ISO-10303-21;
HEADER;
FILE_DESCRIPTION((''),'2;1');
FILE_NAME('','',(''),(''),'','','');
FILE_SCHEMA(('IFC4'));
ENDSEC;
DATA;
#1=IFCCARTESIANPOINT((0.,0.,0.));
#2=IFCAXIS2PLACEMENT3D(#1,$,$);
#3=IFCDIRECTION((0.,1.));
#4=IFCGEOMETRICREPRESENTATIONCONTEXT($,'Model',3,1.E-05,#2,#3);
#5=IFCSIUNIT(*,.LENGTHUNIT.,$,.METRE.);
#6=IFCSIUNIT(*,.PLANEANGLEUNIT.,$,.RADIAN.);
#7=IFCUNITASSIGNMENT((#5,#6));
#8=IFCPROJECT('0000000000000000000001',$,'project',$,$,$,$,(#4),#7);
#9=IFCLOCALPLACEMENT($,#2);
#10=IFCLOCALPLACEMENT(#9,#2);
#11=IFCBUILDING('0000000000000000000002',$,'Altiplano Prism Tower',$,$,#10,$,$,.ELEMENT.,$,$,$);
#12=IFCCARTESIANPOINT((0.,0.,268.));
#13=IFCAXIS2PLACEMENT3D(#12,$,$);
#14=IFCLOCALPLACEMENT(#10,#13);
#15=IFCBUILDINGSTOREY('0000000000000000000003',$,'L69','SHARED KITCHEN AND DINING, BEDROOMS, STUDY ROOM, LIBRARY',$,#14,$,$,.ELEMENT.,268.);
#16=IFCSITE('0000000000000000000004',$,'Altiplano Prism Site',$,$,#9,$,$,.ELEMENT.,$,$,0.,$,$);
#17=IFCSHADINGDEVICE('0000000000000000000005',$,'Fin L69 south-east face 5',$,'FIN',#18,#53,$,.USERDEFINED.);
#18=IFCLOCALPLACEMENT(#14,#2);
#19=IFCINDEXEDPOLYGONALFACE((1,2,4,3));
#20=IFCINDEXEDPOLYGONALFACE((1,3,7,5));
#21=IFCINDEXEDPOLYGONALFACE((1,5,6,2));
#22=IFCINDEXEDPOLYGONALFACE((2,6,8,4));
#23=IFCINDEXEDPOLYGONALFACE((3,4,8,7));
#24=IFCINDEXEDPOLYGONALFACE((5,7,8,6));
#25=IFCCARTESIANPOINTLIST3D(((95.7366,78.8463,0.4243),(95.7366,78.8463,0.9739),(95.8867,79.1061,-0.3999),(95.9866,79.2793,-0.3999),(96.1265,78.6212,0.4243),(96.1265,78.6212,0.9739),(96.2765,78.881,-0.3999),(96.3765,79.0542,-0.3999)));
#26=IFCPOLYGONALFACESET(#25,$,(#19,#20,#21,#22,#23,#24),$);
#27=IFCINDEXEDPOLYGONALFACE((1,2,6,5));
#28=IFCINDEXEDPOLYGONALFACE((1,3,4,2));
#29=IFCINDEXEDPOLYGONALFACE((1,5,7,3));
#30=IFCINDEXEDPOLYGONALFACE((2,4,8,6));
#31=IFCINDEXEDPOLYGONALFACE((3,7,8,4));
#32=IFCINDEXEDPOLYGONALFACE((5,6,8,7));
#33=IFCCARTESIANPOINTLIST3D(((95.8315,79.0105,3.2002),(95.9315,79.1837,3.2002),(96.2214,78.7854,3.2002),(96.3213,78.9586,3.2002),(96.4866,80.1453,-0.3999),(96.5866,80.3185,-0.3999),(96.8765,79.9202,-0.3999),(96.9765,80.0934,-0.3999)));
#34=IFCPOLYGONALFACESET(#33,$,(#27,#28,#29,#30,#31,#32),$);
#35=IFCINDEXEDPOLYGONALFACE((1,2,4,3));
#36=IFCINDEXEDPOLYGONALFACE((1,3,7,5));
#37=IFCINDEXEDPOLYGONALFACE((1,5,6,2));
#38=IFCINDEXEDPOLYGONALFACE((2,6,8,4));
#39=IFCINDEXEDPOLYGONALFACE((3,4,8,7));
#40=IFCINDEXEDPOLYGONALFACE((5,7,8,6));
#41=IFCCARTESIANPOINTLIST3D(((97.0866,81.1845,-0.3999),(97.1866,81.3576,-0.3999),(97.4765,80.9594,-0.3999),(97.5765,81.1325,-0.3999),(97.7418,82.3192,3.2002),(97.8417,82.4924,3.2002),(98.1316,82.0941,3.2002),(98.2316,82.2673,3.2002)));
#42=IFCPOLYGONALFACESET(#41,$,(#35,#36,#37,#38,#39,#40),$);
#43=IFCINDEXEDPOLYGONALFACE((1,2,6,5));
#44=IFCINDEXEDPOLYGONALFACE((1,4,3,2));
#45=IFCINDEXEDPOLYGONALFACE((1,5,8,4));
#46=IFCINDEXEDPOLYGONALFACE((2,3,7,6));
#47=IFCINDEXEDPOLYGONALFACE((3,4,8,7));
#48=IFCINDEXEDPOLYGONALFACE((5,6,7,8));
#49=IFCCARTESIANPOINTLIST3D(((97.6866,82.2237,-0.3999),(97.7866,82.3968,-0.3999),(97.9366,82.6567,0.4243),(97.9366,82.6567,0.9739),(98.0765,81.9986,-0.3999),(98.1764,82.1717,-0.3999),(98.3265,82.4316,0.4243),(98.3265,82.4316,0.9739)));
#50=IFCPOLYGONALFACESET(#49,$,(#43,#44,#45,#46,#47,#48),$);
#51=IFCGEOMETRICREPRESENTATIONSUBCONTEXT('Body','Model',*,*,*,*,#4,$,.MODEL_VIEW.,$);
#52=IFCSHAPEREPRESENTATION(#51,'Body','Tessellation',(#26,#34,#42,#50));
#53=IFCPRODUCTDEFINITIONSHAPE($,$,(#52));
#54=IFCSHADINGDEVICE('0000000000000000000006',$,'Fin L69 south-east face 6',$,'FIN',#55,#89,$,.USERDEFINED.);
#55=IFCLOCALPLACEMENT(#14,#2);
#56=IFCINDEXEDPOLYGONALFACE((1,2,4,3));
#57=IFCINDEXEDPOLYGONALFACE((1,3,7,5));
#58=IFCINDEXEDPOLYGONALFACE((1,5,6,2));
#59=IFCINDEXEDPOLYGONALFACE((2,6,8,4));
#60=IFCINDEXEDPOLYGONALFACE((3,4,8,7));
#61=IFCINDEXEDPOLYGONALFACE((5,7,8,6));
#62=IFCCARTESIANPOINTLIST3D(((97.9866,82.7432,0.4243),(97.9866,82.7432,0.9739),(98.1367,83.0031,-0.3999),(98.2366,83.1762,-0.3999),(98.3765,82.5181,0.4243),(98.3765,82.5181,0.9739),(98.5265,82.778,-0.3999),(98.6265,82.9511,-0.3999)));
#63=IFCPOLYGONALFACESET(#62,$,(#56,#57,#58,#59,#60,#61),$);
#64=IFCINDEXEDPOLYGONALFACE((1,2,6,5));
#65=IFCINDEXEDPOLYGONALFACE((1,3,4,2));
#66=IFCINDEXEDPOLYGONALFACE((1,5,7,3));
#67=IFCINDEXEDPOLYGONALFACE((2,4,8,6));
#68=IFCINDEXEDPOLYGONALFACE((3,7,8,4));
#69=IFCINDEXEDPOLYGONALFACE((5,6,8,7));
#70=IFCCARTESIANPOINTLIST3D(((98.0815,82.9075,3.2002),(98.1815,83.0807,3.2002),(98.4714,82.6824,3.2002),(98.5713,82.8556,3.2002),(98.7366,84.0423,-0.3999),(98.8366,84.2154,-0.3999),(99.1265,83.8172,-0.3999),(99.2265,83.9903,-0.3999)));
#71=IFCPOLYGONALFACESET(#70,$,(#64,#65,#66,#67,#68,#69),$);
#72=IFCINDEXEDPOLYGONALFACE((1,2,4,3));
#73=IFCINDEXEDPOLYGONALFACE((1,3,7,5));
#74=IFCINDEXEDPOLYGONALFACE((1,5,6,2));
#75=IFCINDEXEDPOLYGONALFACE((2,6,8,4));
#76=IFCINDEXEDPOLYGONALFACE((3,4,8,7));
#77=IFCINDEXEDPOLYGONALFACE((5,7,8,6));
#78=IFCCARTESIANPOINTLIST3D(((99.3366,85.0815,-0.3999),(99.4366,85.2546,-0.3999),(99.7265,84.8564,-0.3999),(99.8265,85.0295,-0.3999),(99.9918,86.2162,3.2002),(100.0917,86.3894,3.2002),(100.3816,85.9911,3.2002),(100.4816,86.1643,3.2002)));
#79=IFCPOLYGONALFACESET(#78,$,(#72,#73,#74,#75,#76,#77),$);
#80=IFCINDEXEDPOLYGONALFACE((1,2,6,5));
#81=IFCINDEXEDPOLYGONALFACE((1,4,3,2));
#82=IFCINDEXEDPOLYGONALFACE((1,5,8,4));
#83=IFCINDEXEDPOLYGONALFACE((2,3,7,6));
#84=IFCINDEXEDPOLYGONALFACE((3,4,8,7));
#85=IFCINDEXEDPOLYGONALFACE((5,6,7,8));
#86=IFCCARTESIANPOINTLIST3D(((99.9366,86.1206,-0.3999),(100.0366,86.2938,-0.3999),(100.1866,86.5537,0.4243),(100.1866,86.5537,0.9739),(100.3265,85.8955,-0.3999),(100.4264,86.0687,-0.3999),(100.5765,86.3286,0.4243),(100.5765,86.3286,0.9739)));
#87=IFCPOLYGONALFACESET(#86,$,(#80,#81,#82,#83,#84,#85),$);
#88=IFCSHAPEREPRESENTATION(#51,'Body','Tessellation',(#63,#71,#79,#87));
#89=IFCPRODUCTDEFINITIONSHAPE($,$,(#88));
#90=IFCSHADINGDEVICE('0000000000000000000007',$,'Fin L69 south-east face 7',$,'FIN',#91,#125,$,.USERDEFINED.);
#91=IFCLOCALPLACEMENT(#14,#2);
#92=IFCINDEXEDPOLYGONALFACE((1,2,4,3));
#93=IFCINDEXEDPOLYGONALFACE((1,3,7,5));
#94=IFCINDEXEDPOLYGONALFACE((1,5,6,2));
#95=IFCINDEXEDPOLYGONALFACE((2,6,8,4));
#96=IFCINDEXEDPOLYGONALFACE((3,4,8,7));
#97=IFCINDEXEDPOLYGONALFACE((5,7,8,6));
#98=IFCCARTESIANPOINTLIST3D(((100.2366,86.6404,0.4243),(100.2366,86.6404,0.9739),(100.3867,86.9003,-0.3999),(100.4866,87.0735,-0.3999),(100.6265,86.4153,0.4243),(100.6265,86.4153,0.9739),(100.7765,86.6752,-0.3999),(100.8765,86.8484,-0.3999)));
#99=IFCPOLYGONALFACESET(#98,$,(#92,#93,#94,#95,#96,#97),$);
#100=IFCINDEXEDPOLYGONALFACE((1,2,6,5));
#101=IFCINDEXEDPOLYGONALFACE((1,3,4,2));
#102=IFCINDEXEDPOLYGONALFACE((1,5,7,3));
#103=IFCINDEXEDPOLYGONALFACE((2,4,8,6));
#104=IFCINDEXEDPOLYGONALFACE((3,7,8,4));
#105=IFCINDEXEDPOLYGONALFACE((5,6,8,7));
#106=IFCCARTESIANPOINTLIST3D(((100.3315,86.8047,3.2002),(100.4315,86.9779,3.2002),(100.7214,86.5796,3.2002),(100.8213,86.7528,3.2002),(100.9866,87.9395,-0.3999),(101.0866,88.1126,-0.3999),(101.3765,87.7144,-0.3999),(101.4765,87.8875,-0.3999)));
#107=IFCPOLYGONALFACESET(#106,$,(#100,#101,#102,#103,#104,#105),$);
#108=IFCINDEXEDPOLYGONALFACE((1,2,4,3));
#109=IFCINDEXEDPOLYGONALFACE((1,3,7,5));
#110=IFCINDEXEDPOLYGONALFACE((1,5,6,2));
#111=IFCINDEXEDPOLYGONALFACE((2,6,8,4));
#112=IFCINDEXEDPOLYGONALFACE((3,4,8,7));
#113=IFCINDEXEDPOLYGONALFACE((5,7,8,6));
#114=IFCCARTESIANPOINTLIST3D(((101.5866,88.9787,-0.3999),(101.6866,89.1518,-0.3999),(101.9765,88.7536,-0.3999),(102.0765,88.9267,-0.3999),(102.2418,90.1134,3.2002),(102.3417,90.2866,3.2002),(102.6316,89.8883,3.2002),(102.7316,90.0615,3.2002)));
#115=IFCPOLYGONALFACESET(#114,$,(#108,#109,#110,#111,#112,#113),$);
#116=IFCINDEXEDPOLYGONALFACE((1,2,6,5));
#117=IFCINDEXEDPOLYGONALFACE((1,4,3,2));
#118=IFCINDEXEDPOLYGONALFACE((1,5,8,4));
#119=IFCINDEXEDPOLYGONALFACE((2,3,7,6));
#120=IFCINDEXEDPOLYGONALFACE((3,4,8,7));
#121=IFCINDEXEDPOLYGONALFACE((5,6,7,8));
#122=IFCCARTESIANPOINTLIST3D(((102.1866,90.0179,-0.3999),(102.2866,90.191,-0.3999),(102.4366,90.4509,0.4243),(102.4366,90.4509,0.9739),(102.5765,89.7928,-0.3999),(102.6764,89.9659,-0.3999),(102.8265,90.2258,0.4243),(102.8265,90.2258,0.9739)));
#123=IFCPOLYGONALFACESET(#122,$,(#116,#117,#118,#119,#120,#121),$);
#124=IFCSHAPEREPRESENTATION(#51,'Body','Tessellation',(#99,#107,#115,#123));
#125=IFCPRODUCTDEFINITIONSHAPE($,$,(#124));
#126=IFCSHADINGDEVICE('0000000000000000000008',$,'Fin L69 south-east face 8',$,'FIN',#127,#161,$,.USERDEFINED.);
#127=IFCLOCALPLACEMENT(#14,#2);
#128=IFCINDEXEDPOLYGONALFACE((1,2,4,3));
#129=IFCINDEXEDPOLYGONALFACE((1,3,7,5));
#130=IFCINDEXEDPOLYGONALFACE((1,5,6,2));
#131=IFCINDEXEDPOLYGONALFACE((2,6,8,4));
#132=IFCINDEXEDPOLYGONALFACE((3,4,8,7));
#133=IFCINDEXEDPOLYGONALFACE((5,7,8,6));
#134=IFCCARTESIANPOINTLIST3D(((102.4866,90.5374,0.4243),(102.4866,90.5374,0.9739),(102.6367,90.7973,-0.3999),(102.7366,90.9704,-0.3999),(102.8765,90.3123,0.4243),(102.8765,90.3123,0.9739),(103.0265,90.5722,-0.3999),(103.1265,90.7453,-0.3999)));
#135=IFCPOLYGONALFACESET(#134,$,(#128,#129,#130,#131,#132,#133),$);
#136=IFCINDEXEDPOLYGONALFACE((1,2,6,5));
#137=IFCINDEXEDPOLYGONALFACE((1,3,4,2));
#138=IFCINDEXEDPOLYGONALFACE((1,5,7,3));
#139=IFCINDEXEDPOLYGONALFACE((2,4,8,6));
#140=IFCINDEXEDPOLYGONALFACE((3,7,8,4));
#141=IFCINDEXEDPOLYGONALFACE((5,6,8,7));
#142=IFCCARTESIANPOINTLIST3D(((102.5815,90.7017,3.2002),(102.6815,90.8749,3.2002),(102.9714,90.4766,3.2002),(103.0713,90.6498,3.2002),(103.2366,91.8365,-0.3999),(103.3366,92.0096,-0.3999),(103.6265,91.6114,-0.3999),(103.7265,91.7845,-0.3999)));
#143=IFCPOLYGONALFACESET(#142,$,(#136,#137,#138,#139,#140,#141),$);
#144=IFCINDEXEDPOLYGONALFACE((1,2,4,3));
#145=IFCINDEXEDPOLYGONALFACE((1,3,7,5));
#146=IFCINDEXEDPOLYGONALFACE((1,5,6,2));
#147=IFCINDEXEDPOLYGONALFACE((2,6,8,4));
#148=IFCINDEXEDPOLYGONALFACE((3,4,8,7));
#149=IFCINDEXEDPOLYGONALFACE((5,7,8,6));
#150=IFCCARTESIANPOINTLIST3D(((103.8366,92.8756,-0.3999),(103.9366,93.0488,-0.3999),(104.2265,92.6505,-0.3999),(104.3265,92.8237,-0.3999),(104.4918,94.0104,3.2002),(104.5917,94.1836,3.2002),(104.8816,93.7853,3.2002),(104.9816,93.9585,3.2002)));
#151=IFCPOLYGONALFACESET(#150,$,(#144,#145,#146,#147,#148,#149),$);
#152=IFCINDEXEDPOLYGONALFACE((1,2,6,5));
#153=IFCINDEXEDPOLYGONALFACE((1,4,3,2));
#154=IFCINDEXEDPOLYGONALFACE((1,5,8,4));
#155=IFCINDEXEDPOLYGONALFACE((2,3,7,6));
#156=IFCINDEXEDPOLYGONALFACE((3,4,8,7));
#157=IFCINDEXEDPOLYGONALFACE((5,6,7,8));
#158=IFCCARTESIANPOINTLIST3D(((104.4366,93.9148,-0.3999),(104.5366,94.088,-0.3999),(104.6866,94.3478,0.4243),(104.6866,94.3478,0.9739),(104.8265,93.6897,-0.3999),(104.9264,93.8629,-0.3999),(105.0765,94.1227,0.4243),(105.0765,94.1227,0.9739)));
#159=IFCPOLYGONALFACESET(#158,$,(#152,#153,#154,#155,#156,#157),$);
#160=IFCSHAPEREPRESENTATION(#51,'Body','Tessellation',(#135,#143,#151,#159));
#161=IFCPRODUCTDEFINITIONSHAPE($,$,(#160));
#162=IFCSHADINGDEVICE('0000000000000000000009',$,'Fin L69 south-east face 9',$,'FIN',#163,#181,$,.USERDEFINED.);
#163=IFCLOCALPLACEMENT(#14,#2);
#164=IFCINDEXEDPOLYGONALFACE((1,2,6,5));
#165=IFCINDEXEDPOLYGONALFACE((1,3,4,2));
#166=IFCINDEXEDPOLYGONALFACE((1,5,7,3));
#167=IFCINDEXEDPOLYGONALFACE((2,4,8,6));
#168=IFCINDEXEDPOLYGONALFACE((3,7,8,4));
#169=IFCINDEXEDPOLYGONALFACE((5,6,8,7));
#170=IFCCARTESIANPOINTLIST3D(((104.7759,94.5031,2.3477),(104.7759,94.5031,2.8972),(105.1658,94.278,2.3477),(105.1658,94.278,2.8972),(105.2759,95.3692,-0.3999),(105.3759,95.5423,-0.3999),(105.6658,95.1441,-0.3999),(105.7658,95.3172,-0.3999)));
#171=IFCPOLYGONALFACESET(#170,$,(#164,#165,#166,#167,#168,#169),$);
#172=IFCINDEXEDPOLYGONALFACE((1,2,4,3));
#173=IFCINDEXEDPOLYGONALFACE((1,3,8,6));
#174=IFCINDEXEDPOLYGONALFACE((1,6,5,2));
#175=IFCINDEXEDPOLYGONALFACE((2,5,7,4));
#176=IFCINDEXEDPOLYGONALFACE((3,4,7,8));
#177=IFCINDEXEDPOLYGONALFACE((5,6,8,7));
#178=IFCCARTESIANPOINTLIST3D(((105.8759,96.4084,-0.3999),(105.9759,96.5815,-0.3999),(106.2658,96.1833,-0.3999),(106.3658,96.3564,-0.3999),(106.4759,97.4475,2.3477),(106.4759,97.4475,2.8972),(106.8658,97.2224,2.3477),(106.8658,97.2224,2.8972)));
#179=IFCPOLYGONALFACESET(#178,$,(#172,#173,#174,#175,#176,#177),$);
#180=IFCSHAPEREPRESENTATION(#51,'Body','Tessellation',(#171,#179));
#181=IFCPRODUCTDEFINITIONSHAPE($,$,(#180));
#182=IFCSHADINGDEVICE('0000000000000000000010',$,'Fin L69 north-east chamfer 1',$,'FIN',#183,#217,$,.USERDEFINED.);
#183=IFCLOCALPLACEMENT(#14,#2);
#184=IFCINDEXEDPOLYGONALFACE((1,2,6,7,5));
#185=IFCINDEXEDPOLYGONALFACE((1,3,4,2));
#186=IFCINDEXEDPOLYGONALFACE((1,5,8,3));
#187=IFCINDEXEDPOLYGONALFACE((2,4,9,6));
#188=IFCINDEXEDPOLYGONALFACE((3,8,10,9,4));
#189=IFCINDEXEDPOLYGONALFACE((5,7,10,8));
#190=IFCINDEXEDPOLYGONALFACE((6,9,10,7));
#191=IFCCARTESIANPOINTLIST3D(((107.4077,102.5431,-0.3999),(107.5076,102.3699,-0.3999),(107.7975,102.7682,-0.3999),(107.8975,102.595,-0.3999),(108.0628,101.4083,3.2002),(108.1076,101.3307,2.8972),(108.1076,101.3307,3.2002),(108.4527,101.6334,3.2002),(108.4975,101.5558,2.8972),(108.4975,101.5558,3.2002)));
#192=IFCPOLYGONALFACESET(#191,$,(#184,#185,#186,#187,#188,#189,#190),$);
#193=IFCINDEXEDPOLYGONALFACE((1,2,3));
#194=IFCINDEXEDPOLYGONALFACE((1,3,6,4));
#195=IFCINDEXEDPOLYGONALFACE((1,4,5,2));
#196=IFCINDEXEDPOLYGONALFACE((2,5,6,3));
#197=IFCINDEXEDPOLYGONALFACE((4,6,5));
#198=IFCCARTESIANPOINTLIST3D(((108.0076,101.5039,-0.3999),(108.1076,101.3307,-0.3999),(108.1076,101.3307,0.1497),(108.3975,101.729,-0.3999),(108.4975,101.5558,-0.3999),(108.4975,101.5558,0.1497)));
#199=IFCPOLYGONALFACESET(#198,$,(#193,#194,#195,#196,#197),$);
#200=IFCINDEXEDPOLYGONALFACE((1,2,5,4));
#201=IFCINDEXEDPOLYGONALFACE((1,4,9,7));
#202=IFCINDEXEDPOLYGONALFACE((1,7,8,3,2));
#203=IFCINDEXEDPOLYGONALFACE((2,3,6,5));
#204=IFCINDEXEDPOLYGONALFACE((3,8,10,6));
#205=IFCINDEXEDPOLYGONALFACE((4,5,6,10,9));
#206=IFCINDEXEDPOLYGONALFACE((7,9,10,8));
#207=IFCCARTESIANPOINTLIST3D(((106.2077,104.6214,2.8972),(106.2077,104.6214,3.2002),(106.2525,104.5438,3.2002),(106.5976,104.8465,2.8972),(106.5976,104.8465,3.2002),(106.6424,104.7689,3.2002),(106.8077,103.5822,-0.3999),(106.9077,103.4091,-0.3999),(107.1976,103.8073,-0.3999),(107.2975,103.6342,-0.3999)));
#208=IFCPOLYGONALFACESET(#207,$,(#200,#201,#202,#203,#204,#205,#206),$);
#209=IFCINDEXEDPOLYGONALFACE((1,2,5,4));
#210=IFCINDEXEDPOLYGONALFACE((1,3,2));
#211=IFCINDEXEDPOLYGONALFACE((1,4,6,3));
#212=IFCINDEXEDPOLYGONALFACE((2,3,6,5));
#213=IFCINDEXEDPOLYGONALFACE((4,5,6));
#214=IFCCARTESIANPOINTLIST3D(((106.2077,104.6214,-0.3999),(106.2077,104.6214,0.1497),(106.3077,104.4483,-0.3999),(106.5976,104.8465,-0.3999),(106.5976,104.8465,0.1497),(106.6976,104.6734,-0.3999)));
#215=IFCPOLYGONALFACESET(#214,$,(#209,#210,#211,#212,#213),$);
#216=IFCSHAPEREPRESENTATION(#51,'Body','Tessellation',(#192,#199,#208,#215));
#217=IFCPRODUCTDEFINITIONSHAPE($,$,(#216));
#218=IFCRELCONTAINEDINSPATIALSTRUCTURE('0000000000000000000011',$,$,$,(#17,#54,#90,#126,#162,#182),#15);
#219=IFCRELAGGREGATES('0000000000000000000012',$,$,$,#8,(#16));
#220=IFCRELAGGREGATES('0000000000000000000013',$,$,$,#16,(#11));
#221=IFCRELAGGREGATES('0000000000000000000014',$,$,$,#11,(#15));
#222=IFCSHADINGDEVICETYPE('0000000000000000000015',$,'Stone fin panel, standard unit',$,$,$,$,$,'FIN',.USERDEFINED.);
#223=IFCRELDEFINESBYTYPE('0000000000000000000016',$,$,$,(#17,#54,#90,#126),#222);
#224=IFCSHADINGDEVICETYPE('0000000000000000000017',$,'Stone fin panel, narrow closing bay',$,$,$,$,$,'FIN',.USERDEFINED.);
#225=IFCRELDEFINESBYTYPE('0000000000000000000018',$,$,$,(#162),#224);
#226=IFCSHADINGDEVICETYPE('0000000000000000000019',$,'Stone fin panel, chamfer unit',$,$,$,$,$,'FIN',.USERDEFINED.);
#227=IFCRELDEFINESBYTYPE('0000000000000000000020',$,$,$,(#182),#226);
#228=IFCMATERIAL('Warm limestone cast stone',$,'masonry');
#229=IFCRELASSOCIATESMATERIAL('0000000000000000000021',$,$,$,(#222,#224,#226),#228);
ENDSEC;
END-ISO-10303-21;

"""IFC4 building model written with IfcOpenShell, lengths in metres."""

from ifc_helpers import new_model, si_unit, direction, frame, origin, place, context, subcontext, project, spatial, polyline, outline, extrude, source, transform, mapped, material, type_object, element, save


model = new_model("IFC4")

# Units and contexts
model_context = context("Model", 3, precision=1e-05, world=origin(), true_north=direction((0.0, 1.0)))
body_context = subcontext(model_context, "Body", "Model", "MODEL_VIEW")
ifc_project = project(units=[si_unit("LENGTHUNIT", "METRE"), si_unit("PLANEANGLEUNIT", "RADIAN")], contexts=[model_context])

# Site, building, storey
site_placement = place(None, origin())
site = spatial("IfcSite", under=ifc_project, at=site_placement, Name="Altiplano Prism Site", CompositionType="ELEMENT", RefElevation=0.0)
building_placement = place(site_placement, origin())
building = spatial("IfcBuilding", under=site, at=building_placement, Name="Altiplano Prism Tower", CompositionType="ELEMENT")
storey_placement = place(building_placement, frame((0.0, 0.0, 268.0)))
storey = spatial("IfcBuildingStorey", under=building, at=storey_placement, Name="L69", Description="SHARED KITCHEN AND DINING, BEDROOMS, STUDY ROOM, LIBRARY", CompositionType="ELEMENT", Elevation=268.0)

# Shading devices
ifc_material_1 = material(Name="Warm limestone cast stone", Category="masonry")
shading_device_type_1 = type_object("IfcShadingDeviceType", Name="Stone fin panel, standard unit", ElementType="FIN", PredefinedType="USERDEFINED", material=ifc_material_1)
shared_shape_1 = source(origin(), body_context, "Body", "SweptSolid", [
    extrude(outline(polyline([(-2.2, 1.3738), (-2.2, 0.8242), (-1.8999, 0.0), (-1.7, 0.0), (-2.2, 1.3738)])), frame((0.0, -0.1499, 0.0), z_axis=(0.0, -1.0, 0.0), x_axis=(1.0, 0.0, 0.0)), (0.0, 0.0, 1.0), 0.4502),
    extrude(outline(polyline([(-2.0103, 3.6001), (-0.7, 0.0), (-0.5, 0.0), (-1.8103, 3.6001), (-2.0103, 3.6001)])), frame((0.0, -0.1499, 0.0), z_axis=(0.0, -1.0, 0.0), x_axis=(1.0, 0.0, 0.0)), (0.0, 0.0, 1.0), 0.4502),
    extrude(outline(polyline([(1.8103, 3.6001), (0.5, 0.0), (0.7, 0.0), (2.0103, 3.6001), (1.8103, 3.6001)])), frame((0.0, -0.1499, 0.0), z_axis=(0.0, -1.0, 0.0), x_axis=(1.0, 0.0, 0.0)), (0.0, 0.0, 1.0), 0.4502),
    extrude(outline(polyline([(2.2, 0.8242), (2.2, 1.3738), (1.7, 0.0), (1.8999, 0.0), (2.2, 0.8242)])), frame((0.0, -0.1499, 0.0), z_axis=(0.0, -1.0, 0.0), x_axis=(1.0, 0.0, 0.0)), (0.0, 0.0, 1.0), 0.4502),
])
shading_device_1_placement = place(storey_placement, origin())
element("IfcShadingDevice", 1, at=shading_device_1_placement, inside=storey, type_object=shading_device_type_1, Name="Fin L69 south-east face 5", ObjectType="FIN", PredefinedType="USERDEFINED", context=body_context, shape_type="MappedRepresentation", body=[
    mapped(shared_shape_1, transform((96.7068, 80.8264, -0.3999), x_axis=(0.5, 0.866025, 0.0), y_axis=(-0.866025, 0.5, 0.0), z_axis=(0.0, 0.0, 1.0))),
])
shading_device_2_placement = place(storey_placement, origin())
element("IfcShadingDevice", 2, at=shading_device_2_placement, inside=storey, type_object=shading_device_type_1, Name="Fin L69 south-east face 6", ObjectType="FIN", PredefinedType="USERDEFINED", context=body_context, shape_type="MappedRepresentation", body=[
    mapped(shared_shape_1, transform((98.9568, 84.7234, -0.3999), x_axis=(0.5, 0.866025, 0.0), y_axis=(-0.866025, 0.5, 0.0), z_axis=(0.0, 0.0, 1.0))),
])
shading_device_3_placement = place(storey_placement, origin())
element("IfcShadingDevice", 3, at=shading_device_3_placement, inside=storey, type_object=shading_device_type_1, Name="Fin L69 south-east face 7", ObjectType="FIN", PredefinedType="USERDEFINED", context=body_context, shape_type="MappedRepresentation", body=[
    mapped(shared_shape_1, transform((101.2068, 88.6206, -0.3999), x_axis=(0.5, 0.866025, 0.0), y_axis=(-0.866025, 0.5, 0.0), z_axis=(0.0, 0.0, 1.0))),
])
shading_device_4_placement = place(storey_placement, origin())
element("IfcShadingDevice", 4, at=shading_device_4_placement, inside=storey, type_object=shading_device_type_1, Name="Fin L69 south-east face 8", ObjectType="FIN", PredefinedType="USERDEFINED", context=body_context, shape_type="MappedRepresentation", body=[
    mapped(shared_shape_1, transform((103.4568, 92.5176, -0.3999), x_axis=(0.5, 0.866025, 0.0), y_axis=(-0.866025, 0.5, 0.0), z_axis=(0.0, 0.0, 1.0))),
])
shading_device_type_2 = type_object("IfcShadingDeviceType", Name="Stone fin panel, narrow closing bay", ElementType="FIN", PredefinedType="USERDEFINED", material=ifc_material_1)
shared_shape_2 = source(origin(), body_context, "Body", "SweptSolid", [
    extrude(outline(polyline([(-1.7, 3.2971), (-1.7, 2.7476), (-0.7, 0.0), (-0.5, 0.0), (-1.7, 3.2971)])), frame((0.0, -0.1499, 0.0), z_axis=(0.0, -1.0, 0.0), x_axis=(1.0, 0.0, 0.0)), (0.0, 0.0, 1.0), 0.4502),
    extrude(outline(polyline([(1.7, 2.7476), (1.7, 3.2971), (0.5, 0.0), (0.7, 0.0), (1.7, 2.7476)])), frame((0.0, -0.1499, 0.0), z_axis=(0.0, -1.0, 0.0), x_axis=(1.0, 0.0, 0.0)), (0.0, 0.0, 1.0), 0.4502),
])
shading_device_5_placement = place(storey_placement, origin())
element("IfcShadingDevice", 5, at=shading_device_5_placement, inside=storey, type_object=shading_device_type_2, Name="Fin L69 south-east face 9", ObjectType="FIN", PredefinedType="USERDEFINED", context=body_context, shape_type="MappedRepresentation", body=[
    mapped(shared_shape_2, transform((105.4961, 96.0503, -0.3999), x_axis=(0.5, 0.866025, 0.0), y_axis=(-0.866025, 0.5, 0.0), z_axis=(0.0, 0.0, 1.0))),
])
shading_device_type_3 = type_object("IfcShadingDeviceType", Name="Stone fin panel, chamfer unit", ElementType="FIN", PredefinedType="USERDEFINED", material=ifc_material_1)
shared_shape_3 = source(origin(), body_context, "Body", "SweptSolid", [
    extrude(outline(polyline([(-1.8999, 3.6001), (-1.8999, 3.2971), (-0.7, 0.0), (-0.5, 0.0), (-1.8103, 3.6001), (-1.8999, 3.6001)])), frame((0.0, -0.1499, 0.0), z_axis=(0.0, -1.0, 0.0), x_axis=(1.0, 0.0, 0.0)), (0.0, 0.0, 1.0), 0.4502),
    extrude(outline(polyline([(-1.8999, 0.5496), (-1.8999, 0.0), (-1.7, 0.0), (-1.8999, 0.5496)])), frame((0.0, -0.1499, 0.0), z_axis=(0.0, -1.0, 0.0), x_axis=(1.0, 0.0, 0.0)), (0.0, 0.0, 1.0), 0.4502),
    extrude(outline(polyline([(1.8103, 3.6001), (0.5, 0.0), (0.7, 0.0), (1.8999, 3.2971), (1.8999, 3.6001), (1.8103, 3.6001)])), frame((0.0, -0.1499, 0.0), z_axis=(0.0, -1.0, 0.0), x_axis=(1.0, 0.0, 0.0)), (0.0, 0.0, 1.0), 0.4502),
    extrude(outline(polyline([(1.8999, 0.0), (1.8999, 0.5496), (1.7, 0.0), (1.8999, 0.0)])), frame((0.0, -0.1499, 0.0), z_axis=(0.0, -1.0, 0.0), x_axis=(1.0, 0.0, 0.0)), (0.0, 0.0, 1.0), 0.4502),
])
shading_device_6_placement = place(storey_placement, origin())
element("IfcShadingDevice", 6, at=shading_device_6_placement, inside=storey, type_object=shading_device_type_3, Name="Fin L69 north-east chamfer 1", ObjectType="FIN", PredefinedType="USERDEFINED", context=body_context, shape_type="MappedRepresentation", body=[
    mapped(shared_shape_3, transform((107.0278, 102.9011, -0.3999), x_axis=(-0.5, 0.866025, 0.0), y_axis=(-0.866025, -0.5, 0.0), z_axis=(0.0, 0.0, 1.0))),
])

save(model, "model.ifc")
